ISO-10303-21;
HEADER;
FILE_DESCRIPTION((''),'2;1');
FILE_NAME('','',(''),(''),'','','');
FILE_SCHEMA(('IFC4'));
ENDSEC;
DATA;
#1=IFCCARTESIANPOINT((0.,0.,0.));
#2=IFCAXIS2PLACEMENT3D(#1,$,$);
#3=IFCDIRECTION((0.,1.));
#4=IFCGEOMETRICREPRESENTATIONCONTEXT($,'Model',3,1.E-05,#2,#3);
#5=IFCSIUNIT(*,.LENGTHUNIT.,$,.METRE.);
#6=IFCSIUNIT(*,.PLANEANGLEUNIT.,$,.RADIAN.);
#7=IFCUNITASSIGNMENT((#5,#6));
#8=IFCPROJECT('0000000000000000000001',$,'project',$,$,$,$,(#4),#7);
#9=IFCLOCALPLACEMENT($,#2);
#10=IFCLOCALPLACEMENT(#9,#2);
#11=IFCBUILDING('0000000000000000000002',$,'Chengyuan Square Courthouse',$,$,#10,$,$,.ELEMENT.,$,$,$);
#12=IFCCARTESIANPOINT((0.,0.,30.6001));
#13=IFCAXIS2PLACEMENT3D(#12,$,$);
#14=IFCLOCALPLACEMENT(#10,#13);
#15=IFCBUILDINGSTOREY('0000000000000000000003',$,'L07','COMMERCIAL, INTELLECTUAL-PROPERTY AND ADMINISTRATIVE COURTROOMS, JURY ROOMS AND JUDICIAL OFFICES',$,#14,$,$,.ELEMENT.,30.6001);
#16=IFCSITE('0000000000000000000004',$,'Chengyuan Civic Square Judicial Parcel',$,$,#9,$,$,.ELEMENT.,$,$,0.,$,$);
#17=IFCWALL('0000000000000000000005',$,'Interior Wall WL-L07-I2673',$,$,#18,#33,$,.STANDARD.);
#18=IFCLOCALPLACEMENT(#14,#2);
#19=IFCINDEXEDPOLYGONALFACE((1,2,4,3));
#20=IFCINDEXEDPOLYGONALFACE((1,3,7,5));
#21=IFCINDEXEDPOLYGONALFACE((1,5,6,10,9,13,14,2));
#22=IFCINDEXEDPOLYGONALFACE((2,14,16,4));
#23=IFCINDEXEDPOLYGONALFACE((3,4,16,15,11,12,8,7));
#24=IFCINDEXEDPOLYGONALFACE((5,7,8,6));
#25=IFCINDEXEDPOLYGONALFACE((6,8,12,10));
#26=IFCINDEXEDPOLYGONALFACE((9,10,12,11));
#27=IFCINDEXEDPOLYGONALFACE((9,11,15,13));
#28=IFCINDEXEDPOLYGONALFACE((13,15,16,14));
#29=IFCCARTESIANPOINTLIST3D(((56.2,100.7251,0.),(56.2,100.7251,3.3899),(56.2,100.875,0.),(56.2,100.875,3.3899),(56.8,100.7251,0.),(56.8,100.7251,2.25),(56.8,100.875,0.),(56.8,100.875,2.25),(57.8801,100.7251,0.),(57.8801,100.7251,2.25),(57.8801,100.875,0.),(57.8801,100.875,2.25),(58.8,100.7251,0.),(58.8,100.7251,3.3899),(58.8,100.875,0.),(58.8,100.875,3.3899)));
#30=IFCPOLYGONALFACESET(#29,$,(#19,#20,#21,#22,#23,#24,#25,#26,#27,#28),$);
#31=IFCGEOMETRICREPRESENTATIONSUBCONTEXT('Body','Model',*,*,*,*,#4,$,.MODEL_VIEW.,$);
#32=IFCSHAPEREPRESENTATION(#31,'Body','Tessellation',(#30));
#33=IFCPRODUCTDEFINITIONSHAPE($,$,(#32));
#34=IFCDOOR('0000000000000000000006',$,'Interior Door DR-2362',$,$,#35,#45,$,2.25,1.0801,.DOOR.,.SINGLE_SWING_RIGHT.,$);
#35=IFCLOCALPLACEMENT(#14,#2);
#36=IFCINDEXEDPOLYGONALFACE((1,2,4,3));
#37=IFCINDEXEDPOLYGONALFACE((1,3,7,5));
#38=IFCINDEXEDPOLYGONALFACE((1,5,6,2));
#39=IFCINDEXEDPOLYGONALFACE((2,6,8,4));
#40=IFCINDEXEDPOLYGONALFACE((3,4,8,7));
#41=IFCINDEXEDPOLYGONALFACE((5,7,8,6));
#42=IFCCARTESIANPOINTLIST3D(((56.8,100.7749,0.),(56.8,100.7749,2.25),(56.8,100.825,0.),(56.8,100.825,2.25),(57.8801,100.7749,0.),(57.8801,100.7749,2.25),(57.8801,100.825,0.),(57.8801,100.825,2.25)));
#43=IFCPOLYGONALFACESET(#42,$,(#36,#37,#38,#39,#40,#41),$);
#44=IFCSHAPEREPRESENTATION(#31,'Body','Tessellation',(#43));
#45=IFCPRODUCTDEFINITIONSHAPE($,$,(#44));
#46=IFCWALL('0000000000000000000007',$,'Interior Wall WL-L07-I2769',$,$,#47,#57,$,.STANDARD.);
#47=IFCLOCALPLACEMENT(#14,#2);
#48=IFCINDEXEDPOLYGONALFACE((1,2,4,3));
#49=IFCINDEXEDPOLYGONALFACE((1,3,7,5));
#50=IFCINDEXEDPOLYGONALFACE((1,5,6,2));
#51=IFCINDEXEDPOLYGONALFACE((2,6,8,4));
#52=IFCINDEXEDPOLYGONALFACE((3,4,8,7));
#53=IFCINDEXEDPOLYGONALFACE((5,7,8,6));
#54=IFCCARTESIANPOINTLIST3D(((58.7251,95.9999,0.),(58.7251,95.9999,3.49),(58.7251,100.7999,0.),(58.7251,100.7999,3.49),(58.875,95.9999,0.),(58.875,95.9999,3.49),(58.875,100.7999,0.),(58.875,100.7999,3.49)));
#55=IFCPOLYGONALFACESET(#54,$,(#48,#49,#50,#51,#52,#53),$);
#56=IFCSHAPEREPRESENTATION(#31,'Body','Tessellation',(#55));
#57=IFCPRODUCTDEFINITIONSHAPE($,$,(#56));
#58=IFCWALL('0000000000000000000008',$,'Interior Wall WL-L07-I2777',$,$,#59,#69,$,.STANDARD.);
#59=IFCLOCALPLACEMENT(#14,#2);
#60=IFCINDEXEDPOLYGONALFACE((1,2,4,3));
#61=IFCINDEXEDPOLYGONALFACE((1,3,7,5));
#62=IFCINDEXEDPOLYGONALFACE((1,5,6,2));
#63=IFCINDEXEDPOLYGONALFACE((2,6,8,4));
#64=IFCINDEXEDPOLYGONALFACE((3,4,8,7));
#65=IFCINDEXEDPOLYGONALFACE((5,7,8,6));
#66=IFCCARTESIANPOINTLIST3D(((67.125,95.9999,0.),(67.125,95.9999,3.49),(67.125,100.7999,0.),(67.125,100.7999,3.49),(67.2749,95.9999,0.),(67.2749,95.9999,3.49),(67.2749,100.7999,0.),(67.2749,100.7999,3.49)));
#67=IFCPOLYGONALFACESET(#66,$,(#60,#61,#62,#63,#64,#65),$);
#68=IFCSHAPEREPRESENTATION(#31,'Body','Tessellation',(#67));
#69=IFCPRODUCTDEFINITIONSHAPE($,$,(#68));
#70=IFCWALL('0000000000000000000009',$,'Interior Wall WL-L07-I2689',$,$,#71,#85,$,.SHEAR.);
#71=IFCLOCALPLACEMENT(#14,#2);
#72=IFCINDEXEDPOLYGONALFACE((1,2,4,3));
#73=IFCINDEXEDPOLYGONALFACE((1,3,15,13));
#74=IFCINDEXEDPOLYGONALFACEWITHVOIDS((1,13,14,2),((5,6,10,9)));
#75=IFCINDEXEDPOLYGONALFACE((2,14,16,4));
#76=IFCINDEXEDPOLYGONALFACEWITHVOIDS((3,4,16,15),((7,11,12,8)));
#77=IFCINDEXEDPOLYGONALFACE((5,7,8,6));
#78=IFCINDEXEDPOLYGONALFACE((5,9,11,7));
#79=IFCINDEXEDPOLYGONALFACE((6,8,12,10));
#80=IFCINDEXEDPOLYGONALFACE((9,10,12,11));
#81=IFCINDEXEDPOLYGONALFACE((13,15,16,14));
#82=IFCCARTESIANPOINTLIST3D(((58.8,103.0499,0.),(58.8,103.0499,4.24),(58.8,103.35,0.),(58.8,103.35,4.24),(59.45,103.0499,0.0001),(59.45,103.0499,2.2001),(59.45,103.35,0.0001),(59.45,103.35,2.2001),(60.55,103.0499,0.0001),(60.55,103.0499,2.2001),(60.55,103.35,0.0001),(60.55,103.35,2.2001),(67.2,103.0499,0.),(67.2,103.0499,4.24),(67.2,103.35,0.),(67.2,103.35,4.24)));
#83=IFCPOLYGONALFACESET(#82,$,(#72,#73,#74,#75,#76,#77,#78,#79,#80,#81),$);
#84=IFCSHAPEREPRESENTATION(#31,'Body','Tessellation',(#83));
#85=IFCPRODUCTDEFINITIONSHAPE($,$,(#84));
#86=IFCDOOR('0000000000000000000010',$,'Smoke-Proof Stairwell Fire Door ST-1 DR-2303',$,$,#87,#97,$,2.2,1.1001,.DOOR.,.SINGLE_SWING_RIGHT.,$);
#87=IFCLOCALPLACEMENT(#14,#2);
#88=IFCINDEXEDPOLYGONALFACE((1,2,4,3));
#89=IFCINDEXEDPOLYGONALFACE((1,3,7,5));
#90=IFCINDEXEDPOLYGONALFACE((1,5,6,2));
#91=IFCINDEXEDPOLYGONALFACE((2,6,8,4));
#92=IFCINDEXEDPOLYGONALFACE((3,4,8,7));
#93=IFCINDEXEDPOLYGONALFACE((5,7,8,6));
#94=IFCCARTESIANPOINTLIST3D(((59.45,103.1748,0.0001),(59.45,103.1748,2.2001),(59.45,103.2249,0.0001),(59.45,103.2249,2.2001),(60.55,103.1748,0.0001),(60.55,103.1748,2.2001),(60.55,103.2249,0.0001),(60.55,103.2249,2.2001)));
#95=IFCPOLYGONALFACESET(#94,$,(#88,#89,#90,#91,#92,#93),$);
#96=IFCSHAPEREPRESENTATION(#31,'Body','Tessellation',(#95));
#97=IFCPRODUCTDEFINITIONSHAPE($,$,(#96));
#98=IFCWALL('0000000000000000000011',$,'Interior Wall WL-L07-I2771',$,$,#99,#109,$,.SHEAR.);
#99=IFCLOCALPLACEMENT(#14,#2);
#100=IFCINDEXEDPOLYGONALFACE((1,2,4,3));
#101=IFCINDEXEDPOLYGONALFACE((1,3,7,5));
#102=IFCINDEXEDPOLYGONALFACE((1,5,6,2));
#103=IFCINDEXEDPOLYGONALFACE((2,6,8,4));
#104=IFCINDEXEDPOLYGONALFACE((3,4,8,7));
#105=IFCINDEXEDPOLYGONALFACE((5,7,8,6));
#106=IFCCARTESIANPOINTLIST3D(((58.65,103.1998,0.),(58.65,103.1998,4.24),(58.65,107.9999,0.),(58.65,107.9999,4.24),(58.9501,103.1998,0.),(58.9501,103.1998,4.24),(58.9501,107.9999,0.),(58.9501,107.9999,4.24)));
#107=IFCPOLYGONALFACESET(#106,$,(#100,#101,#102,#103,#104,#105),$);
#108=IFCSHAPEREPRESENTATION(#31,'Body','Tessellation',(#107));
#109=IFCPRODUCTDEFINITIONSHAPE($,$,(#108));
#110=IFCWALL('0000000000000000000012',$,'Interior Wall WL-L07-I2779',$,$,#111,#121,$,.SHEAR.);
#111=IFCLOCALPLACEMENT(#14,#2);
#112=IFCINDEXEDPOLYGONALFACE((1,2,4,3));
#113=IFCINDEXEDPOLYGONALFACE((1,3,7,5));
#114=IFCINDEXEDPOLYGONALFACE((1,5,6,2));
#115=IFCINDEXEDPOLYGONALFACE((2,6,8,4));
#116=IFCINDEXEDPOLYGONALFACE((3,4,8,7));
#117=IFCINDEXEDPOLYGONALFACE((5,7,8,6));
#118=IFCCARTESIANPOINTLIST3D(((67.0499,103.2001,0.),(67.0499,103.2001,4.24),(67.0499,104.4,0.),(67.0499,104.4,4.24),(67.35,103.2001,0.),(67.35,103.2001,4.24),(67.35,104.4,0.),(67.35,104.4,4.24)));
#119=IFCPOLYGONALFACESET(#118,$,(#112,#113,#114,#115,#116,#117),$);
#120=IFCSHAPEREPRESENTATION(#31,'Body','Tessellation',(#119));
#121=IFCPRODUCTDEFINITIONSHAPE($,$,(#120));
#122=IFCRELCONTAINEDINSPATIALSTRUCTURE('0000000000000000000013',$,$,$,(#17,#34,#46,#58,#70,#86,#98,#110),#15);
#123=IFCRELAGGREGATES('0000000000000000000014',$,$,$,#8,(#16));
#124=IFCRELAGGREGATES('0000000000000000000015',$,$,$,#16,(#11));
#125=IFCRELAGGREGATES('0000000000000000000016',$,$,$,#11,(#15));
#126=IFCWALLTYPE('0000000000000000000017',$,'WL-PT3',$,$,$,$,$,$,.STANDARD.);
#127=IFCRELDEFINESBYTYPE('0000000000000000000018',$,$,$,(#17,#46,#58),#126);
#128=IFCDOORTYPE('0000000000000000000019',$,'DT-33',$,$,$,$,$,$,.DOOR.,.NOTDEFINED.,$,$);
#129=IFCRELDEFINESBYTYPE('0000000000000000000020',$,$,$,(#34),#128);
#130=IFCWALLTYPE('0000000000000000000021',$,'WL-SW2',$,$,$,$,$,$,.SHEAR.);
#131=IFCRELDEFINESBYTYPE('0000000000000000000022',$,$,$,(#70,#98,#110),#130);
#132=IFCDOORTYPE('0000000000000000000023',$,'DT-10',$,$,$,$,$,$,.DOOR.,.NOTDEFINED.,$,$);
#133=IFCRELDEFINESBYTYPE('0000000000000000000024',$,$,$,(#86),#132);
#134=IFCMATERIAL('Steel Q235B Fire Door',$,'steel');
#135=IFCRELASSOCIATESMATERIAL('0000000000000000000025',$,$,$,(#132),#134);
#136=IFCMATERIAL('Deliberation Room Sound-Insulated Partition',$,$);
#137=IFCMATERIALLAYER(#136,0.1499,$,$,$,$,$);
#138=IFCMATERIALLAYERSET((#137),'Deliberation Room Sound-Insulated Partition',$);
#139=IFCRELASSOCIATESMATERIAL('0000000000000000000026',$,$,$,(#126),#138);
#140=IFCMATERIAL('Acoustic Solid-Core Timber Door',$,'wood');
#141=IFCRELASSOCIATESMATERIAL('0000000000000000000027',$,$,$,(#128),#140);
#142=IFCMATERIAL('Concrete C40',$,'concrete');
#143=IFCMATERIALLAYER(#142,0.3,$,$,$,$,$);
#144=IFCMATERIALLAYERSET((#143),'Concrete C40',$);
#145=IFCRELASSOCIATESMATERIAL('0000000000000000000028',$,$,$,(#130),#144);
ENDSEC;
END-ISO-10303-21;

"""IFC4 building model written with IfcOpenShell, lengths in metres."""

from ifc_helpers import new_model, si_unit, direction, frame, frame_2d, origin, place, context, subcontext, project, spatial, rectangle, extrude, material, layer, layer_set, type_object, element, fill, save


model = new_model("IFC4")

# Units and contexts
model_context = context("Model", 3, precision=1e-05, world=origin(), true_north=direction((0.0, 1.0)))
body_context = subcontext(model_context, "Body", "Model", "MODEL_VIEW")
ifc_project = project(units=[si_unit("LENGTHUNIT", "METRE"), si_unit("PLANEANGLEUNIT", "RADIAN")], contexts=[model_context])

# Site, building, storey
site_placement = place(None, origin())
site = spatial("IfcSite", under=ifc_project, at=site_placement, Name="Chengyuan Civic Square Judicial Parcel", CompositionType="ELEMENT", RefElevation=0.0)
building_placement = place(site_placement, origin())
building = spatial("IfcBuilding", under=site, at=building_placement, Name="Chengyuan Square Courthouse", CompositionType="ELEMENT")
storey_placement = place(building_placement, frame((0.0, 0.0, 30.6001)))
storey = spatial("IfcBuildingStorey", under=building, at=storey_placement, Name="L07", Description="COMMERCIAL, INTELLECTUAL-PROPERTY AND ADMINISTRATIVE COURTROOMS, JURY ROOMS AND JUDICIAL OFFICES", CompositionType="ELEMENT", Elevation=30.6001)

# Shared definitions
ifc_material_1 = material(Name="Concrete C40", Category="concrete")

# Wall, opening, door
ifc_material_2 = material(Name="Steel Q235B Fire Door", Category="steel")
door_type_1 = type_object("IfcDoorType", Name="DT-10", OperationType="NOTDEFINED", PredefinedType="DOOR", material=ifc_material_2)
ifc_material_3 = material(Name="Deliberation Room Sound-Insulated Partition")
ifc_layer_1 = layer(ifc_material_3, 0.1499)
ifc_layer_set_1 = layer_set([ifc_layer_1], Name="Deliberation Room Sound-Insulated Partition")
wall_type_1 = type_object("IfcWallType", Name="WL-PT3", PredefinedType="STANDARD", material=ifc_layer_set_1)
wall_1_placement = place(storey_placement, frame((56.2, 100.8, 0.0), z_axis=(0.0, 0.0, 1.0), x_axis=(1.0, 0.0, 0.0)))
wall_1 = element("IfcWall", 1, at=wall_1_placement, inside=storey, type_object=wall_type_1, Name="Interior Wall WL-L07-I2673", PredefinedType="STANDARD", context=body_context, shape_type="SweptSolid", body=[
    extrude(rectangle(XDim=2.6001, YDim=0.1499, at=frame_2d((1.3, 0.0))), origin(), (0.0, 0.0, 1.0), 3.3899),
])
opening_1_placement = place(wall_1_placement, frame((0.6001, 0.0, 0.0)))
opening_1 = element("IfcOpeningElement", 2, at=opening_1_placement, cuts=wall_1, PredefinedType="OPENING", context=body_context, shape_type="SweptSolid", body=[
    extrude(rectangle(XDim=1.0801, YDim=2.25, at=frame_2d((0.54, 1.125))), frame((0.0, 0.0869, 0.0), z_axis=(0.0, -1.0, 0.0), x_axis=(1.0, 0.0, 0.0)), (0.0, 0.0, 1.0), 0.1738),
])
ifc_material_4 = material(Name="Acoustic Solid-Core Timber Door", Category="wood")
door_type_2 = type_object("IfcDoorType", Name="DT-33", OperationType="NOTDEFINED", PredefinedType="DOOR", material=ifc_material_4)
door_1_placement = place(opening_1_placement, origin())
door_1 = element("IfcDoor", 3, at=door_1_placement, inside=storey, type_object=door_type_2, Name="Interior Door DR-2362", OperationType="SINGLE_SWING_RIGHT", OverallHeight=2.25, OverallWidth=1.0801, PredefinedType="DOOR", context=body_context, shape_type="SweptSolid", body=[
    extrude(rectangle(XDim=1.0801, YDim=2.25, at=frame_2d((0.54, 1.125))), frame((0.0, 0.0249, 0.0), z_axis=(0.0, -1.0, 0.0), x_axis=(1.0, 0.0, 0.0)), (0.0, 0.0, 1.0), 0.05),
])
fill(opening_1, door_1)

# Walls
for number, where, z_axis, x_axis, name in (
    (4, (58.8, 96.0, 0.0), (0.0, 0.0, 1.0), (0.0, 1.0, 0.0), "Interior Wall WL-L07-I2769"),
    (5, (67.2, 96.0, 0.0), (0.0, 0.0, 1.0), (0.0, 1.0, 0.0), "Interior Wall WL-L07-I2777"),
):
    element("IfcWall", number, at=place(storey_placement, frame(where, z_axis=z_axis, x_axis=x_axis)), inside=storey, type_object=wall_type_1, Name=name, PredefinedType="STANDARD", context=body_context, shape_type="SweptSolid", body=[
        extrude(rectangle(XDim=4.8, YDim=0.1499, at=frame_2d((2.3999, 0.0))), origin(), (0.0, 0.0, 1.0), 3.49),
    ])

# Wall, opening, door
ifc_layer_2 = layer(ifc_material_1, 0.3)
ifc_layer_set_2 = layer_set([ifc_layer_2], Name="Concrete C40")
wall_type_2 = type_object("IfcWallType", Name="WL-SW2", PredefinedType="SHEAR", material=ifc_layer_set_2)
wall_2_placement = place(storey_placement, frame((58.8, 103.2, 0.0), z_axis=(0.0, 0.0, 1.0), x_axis=(1.0, 0.0, 0.0)))
wall_2 = element("IfcWall", 6, at=wall_2_placement, inside=storey, type_object=wall_type_2, Name="Interior Wall WL-L07-I2689", PredefinedType="SHEAR", context=body_context, shape_type="SweptSolid", body=[
    extrude(rectangle(XDim=8.3999, YDim=0.3, at=frame_2d((4.2, 0.0))), origin(), (0.0, 0.0, 1.0), 4.24),
])
opening_2_placement = place(wall_2_placement, frame((0.6499, 0.0, 0.0)))
opening_2 = element("IfcOpeningElement", 7, at=opening_2_placement, cuts=wall_2, PredefinedType="OPENING", context=body_context, shape_type="SweptSolid", body=[
    extrude(rectangle(XDim=1.1001, YDim=2.2, at=frame_2d((0.55, 1.1001))), frame((0.0, 0.1621, 0.0), z_axis=(0.0, -1.0, 0.0), x_axis=(1.0, 0.0, 0.0)), (0.0, 0.0, 1.0), 0.324),
])
door_2_placement = place(opening_2_placement, origin())
door_2 = element("IfcDoor", 8, at=door_2_placement, inside=storey, type_object=door_type_1, Name="Smoke-Proof Stairwell Fire Door ST-1 DR-2303", OperationType="SINGLE_SWING_RIGHT", OverallHeight=2.2, OverallWidth=1.1001, PredefinedType="DOOR", context=body_context, shape_type="SweptSolid", body=[
    extrude(rectangle(XDim=1.1001, YDim=2.2, at=frame_2d((0.55, 1.1001))), frame((0.0, 0.0249, 0.0), z_axis=(0.0, -1.0, 0.0), x_axis=(1.0, 0.0, 0.0)), (0.0, 0.0, 1.0), 0.05),
])
fill(opening_2, door_2)

# Walls
wall_3_placement = place(storey_placement, frame((58.8, 103.2, 0.0), z_axis=(0.0, 0.0, 1.0), x_axis=(0.0, 1.0, 0.0)))
element("IfcWall", 9, at=wall_3_placement, inside=storey, type_object=wall_type_2, Name="Interior Wall WL-L07-I2771", PredefinedType="SHEAR", context=body_context, shape_type="SweptSolid", body=[
    extrude(rectangle(XDim=4.8, YDim=0.3, at=frame_2d((2.3999, 0.0))), origin(), (0.0, 0.0, 1.0), 4.24),
])
wall_4_placement = place(storey_placement, frame((67.2, 103.2, 0.0), z_axis=(0.0, 0.0, 1.0), x_axis=(0.0, 1.0, 0.0)))
element("IfcWall", 10, at=wall_4_placement, inside=storey, type_object=wall_type_2, Name="Interior Wall WL-L07-I2779", PredefinedType="SHEAR", context=body_context, shape_type="SweptSolid", body=[
    extrude(rectangle(XDim=1.2, YDim=0.3, at=frame_2d((0.6001, 0.0))), origin(), (0.0, 0.0, 1.0), 4.24),
])

save(model, "model.ifc")
